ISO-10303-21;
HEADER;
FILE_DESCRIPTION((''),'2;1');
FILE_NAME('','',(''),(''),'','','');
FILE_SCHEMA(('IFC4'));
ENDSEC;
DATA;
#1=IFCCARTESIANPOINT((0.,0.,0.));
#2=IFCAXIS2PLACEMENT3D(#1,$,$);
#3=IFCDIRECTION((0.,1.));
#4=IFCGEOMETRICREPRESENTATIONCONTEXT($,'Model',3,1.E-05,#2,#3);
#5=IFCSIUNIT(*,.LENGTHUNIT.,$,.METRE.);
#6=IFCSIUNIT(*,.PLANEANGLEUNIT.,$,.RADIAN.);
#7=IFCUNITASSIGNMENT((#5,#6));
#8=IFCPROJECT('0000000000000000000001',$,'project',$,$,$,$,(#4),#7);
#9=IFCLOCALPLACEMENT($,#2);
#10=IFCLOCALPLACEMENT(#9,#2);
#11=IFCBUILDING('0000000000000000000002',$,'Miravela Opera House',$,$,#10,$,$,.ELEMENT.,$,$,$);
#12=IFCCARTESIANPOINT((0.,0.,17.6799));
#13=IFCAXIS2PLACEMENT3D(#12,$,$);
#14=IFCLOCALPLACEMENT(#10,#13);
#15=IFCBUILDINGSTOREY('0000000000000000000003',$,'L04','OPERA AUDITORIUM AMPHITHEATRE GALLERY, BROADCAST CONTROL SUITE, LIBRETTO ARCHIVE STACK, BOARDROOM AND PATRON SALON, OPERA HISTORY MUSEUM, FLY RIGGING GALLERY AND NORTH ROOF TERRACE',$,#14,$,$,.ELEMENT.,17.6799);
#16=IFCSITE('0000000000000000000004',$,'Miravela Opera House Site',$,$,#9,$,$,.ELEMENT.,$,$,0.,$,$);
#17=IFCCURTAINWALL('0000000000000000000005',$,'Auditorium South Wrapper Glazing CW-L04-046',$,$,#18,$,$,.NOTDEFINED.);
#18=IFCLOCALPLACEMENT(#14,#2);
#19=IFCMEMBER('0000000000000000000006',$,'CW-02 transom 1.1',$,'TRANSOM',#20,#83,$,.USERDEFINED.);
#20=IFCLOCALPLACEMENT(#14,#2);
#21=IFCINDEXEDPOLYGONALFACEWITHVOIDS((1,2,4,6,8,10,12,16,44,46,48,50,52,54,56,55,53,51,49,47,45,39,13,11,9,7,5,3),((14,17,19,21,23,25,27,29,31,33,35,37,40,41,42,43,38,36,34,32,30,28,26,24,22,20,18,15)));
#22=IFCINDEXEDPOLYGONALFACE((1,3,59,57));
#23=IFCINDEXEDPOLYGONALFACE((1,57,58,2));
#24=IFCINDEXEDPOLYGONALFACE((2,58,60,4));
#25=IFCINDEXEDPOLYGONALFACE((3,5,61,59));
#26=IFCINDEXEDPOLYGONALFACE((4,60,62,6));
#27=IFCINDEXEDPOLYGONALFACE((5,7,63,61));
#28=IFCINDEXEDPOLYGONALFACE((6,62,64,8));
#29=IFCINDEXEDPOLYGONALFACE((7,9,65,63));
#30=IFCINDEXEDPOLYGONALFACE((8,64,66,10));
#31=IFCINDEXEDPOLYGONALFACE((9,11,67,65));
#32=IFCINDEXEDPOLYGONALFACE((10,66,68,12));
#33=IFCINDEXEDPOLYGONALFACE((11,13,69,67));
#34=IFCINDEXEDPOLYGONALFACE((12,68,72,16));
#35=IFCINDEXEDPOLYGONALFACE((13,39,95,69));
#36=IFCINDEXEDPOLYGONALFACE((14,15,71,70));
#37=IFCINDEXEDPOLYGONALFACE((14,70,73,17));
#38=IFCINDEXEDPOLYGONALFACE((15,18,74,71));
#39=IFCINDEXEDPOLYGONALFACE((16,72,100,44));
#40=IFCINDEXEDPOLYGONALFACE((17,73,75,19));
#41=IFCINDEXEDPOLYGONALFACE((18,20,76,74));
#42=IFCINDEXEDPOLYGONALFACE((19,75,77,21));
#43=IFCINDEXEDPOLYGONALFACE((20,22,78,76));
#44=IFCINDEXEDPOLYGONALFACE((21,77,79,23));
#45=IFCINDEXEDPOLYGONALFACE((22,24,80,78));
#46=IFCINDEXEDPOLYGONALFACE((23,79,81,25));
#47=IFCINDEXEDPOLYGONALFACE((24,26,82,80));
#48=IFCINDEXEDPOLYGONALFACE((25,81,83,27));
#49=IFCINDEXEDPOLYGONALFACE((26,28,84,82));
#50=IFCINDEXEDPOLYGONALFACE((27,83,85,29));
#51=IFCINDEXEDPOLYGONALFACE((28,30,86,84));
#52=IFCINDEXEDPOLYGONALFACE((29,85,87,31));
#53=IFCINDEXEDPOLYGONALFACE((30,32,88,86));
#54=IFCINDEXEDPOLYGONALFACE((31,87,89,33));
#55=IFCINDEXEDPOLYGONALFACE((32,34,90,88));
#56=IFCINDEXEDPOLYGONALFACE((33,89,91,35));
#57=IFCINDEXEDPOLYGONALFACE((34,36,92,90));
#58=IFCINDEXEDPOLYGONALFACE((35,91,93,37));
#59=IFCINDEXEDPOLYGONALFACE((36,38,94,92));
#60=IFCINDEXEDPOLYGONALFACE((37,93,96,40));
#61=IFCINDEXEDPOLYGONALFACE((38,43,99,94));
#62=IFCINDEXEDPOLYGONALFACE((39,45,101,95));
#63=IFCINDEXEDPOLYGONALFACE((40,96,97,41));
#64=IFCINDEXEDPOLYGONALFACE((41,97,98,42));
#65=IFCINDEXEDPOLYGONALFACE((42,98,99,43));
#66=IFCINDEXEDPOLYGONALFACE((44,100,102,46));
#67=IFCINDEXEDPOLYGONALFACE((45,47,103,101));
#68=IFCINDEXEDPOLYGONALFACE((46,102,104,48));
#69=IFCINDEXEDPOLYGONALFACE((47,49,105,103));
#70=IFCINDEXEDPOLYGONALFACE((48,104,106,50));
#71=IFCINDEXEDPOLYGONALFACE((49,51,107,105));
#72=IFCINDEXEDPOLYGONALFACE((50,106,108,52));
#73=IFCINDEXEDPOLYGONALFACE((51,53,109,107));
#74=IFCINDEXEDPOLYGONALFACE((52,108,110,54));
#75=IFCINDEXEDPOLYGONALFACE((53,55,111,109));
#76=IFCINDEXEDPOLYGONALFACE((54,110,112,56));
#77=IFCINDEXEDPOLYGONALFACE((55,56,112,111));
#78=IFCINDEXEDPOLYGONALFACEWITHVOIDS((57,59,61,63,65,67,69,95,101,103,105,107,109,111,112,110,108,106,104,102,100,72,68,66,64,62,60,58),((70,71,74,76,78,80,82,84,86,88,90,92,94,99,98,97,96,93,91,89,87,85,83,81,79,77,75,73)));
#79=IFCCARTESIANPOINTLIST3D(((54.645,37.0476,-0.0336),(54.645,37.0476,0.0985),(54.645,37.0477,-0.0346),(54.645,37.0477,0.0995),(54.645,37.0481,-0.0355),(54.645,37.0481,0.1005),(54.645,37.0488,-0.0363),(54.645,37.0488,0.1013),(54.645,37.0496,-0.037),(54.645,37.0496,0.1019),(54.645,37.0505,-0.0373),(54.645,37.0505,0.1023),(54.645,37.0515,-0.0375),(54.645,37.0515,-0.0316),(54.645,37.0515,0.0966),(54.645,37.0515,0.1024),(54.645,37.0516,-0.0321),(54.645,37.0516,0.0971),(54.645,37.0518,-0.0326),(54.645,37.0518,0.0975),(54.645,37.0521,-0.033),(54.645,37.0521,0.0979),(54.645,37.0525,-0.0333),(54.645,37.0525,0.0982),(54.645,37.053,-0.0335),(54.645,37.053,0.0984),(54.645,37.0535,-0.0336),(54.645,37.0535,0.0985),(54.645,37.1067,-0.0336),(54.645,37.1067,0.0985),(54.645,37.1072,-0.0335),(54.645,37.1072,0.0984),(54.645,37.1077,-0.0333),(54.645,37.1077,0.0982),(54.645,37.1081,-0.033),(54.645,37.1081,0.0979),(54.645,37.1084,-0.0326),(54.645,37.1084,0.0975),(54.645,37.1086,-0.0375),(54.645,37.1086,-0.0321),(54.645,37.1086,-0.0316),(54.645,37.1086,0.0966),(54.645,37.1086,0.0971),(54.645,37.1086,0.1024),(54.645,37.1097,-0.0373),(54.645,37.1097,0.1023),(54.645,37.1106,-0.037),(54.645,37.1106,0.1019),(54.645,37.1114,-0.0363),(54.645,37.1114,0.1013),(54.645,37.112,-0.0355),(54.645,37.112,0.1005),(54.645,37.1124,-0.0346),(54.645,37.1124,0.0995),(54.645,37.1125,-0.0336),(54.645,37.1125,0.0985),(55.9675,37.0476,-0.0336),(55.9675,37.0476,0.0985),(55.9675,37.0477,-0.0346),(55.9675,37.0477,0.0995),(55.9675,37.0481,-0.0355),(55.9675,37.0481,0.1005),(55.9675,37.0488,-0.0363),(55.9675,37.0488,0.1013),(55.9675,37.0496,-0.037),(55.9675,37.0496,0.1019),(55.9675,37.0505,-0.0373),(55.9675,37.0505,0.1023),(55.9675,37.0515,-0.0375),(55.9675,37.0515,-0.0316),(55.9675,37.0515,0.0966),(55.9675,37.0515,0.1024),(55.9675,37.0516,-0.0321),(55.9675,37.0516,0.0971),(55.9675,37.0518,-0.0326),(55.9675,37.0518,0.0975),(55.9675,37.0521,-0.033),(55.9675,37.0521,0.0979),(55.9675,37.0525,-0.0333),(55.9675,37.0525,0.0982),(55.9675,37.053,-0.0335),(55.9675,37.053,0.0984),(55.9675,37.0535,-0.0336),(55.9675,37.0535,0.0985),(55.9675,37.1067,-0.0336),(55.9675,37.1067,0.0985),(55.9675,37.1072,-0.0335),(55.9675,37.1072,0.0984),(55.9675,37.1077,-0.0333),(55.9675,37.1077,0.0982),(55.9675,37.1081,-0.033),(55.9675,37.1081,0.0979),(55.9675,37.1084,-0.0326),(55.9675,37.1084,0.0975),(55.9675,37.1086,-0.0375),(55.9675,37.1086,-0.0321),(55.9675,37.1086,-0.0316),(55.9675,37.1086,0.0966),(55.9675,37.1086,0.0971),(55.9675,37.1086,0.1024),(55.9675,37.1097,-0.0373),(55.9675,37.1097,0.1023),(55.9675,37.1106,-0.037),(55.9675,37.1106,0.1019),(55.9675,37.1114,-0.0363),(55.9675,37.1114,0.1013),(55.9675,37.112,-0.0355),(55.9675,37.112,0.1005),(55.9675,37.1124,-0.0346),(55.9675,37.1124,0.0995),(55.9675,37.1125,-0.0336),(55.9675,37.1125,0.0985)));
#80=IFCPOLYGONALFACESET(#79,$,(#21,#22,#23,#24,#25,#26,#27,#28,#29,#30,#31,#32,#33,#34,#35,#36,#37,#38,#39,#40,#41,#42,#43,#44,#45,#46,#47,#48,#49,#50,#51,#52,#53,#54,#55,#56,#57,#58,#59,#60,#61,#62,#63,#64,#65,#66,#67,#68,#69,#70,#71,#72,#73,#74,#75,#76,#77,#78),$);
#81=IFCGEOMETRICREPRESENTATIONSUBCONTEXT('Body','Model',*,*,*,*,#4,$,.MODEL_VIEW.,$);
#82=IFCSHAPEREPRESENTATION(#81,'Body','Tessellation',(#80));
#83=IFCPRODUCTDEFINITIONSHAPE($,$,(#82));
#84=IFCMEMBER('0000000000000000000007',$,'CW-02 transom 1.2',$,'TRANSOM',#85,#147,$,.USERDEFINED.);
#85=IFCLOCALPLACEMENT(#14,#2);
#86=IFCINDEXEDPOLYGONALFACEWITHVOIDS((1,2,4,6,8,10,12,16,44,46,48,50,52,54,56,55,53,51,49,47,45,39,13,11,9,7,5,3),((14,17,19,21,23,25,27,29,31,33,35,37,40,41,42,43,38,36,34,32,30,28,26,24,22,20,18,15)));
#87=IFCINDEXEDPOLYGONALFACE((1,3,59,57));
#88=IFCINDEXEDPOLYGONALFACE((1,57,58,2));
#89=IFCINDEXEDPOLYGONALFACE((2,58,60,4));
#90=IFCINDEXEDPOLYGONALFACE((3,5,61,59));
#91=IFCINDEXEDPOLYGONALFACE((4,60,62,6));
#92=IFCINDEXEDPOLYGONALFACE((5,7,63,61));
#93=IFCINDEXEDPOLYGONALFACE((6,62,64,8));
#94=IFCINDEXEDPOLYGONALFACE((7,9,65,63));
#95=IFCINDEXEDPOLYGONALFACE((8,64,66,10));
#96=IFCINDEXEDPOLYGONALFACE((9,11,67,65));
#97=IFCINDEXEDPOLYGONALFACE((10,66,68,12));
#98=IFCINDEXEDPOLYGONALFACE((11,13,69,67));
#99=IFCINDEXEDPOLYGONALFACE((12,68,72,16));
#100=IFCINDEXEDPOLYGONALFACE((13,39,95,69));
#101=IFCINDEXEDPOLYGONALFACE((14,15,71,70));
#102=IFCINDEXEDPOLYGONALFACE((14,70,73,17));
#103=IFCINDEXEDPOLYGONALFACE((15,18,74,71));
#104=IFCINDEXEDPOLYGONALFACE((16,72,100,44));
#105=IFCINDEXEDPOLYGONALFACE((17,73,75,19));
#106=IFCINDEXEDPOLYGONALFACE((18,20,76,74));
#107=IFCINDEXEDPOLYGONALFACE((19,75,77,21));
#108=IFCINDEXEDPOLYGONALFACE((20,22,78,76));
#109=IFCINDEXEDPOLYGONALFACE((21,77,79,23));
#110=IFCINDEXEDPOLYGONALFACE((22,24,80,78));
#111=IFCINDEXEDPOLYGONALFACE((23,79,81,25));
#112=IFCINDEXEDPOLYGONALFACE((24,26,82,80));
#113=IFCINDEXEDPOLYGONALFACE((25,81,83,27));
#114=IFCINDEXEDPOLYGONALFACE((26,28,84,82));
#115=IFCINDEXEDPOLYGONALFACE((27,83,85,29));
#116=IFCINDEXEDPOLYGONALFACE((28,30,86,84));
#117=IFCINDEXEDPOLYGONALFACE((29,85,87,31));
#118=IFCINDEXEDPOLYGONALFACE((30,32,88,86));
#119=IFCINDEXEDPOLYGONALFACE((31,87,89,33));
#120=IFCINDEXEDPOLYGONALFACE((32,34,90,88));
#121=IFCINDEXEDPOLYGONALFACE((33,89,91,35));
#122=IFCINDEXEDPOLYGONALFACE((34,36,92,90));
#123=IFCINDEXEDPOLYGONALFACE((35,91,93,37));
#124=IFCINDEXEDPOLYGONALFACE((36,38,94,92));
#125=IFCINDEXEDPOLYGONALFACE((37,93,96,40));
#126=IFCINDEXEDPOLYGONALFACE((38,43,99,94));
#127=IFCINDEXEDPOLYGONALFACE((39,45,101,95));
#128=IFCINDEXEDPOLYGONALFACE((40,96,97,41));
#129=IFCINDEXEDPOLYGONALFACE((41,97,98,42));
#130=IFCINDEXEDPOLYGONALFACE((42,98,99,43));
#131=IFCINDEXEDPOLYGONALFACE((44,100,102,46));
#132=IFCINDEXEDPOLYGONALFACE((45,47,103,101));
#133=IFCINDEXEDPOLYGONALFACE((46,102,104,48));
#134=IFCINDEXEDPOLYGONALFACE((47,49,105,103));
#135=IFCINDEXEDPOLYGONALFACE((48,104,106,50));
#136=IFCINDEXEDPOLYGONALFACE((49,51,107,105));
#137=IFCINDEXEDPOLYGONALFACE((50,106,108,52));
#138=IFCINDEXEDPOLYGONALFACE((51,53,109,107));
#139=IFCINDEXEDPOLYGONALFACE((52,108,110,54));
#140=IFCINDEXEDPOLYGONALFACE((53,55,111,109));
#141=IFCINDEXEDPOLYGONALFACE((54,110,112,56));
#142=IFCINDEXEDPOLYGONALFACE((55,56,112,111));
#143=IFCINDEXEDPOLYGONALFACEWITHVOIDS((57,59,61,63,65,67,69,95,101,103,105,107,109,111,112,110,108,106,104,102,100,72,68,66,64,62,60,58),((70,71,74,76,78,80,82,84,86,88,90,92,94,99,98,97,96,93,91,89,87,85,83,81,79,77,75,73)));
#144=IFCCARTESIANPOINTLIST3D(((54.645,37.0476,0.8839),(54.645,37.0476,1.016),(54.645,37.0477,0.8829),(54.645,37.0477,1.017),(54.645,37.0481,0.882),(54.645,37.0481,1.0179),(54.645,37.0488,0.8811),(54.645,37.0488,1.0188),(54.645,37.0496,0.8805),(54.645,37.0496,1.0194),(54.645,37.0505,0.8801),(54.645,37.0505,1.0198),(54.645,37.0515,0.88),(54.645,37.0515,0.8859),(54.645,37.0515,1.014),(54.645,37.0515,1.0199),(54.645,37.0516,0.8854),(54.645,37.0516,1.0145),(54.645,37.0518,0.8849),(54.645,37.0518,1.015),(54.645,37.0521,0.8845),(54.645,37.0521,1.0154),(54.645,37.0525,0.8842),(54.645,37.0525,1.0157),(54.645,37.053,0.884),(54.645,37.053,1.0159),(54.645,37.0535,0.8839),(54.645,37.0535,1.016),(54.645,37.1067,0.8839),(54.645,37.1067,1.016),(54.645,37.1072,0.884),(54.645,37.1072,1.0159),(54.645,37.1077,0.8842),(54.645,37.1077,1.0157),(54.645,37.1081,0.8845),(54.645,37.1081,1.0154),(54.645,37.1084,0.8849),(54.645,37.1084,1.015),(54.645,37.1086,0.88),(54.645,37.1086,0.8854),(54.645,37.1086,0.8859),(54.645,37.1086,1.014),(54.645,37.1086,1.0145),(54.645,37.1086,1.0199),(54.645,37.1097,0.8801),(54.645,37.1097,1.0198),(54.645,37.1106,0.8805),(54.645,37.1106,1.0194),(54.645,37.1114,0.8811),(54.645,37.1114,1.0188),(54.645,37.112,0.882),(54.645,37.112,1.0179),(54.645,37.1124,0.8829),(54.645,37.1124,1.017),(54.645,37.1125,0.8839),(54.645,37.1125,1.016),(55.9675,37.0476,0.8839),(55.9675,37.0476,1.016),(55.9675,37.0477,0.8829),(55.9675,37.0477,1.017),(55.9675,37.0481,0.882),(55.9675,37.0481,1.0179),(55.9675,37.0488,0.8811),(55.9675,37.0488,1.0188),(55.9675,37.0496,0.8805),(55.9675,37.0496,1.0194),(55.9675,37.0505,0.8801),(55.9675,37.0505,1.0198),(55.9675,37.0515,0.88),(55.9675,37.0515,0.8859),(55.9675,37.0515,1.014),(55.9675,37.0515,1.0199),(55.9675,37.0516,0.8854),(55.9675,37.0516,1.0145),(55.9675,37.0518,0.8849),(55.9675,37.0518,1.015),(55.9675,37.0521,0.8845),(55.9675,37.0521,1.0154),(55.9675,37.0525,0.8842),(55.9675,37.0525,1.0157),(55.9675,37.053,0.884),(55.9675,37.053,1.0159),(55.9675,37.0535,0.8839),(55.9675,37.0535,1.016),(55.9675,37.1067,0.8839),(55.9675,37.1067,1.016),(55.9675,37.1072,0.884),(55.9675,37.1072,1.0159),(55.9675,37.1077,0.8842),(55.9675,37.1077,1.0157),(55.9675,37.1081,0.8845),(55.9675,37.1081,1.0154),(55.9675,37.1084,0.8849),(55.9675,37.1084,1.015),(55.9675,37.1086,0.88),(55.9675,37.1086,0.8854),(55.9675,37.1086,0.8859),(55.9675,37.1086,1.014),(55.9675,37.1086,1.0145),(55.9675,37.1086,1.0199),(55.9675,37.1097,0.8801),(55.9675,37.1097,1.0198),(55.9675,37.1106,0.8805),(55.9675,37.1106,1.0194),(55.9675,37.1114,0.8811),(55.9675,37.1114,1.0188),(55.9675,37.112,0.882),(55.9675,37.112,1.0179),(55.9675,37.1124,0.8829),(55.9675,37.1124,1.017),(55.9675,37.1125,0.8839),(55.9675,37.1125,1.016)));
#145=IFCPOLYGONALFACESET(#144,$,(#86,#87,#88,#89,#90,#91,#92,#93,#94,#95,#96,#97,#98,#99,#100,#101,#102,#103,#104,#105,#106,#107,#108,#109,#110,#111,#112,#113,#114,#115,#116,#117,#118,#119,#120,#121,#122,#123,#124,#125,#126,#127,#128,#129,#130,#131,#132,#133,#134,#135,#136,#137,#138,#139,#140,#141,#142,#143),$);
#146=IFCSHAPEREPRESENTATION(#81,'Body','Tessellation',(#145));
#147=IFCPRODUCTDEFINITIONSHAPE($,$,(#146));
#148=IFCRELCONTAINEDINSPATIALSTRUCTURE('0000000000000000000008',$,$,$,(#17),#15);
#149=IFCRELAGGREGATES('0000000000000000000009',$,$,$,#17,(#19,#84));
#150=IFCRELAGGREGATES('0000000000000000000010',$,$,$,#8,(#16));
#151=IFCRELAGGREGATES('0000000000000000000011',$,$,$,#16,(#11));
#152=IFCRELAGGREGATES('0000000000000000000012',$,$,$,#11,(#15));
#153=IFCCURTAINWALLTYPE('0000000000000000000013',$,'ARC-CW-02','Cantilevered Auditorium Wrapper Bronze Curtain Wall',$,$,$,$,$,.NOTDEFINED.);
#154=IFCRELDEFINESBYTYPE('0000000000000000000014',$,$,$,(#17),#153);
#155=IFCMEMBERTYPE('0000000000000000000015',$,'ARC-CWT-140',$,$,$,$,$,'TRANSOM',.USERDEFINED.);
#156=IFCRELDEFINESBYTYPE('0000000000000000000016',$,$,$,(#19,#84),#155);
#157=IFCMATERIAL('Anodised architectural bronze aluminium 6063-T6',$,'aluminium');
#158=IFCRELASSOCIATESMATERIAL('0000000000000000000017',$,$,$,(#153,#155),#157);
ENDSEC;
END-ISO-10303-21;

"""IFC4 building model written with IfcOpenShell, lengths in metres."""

from ifc_helpers import new_model, si_unit, direction, frame, origin, origin_2d, place, context, subcontext, project, spatial, hollow_rectangle, extrude, material, material_profile, profile_set, type_object, element, aggregate, save


model = new_model("IFC4")

# Units and contexts
model_context = context("Model", 3, precision=1e-05, world=origin(), true_north=direction((0.0, 1.0)))
body_context = subcontext(model_context, "Body", "Model", "MODEL_VIEW")
ifc_project = project(units=[si_unit("LENGTHUNIT", "METRE"), si_unit("PLANEANGLEUNIT", "RADIAN")], contexts=[model_context])

# Site, building, storey
site_placement = place(None, origin())
site = spatial("IfcSite", under=ifc_project, at=site_placement, Name="Miravela Opera House Site", CompositionType="ELEMENT", RefElevation=0.0)
building_placement = place(site_placement, origin())
building = spatial("IfcBuilding", under=site, at=building_placement, Name="Miravela Opera House", CompositionType="ELEMENT")
storey_placement = place(building_placement, frame((0.0, 0.0, 17.6799)))
storey = spatial("IfcBuildingStorey", under=building, at=storey_placement, Name="L04", Description="OPERA AUDITORIUM AMPHITHEATRE GALLERY, BROADCAST CONTROL SUITE, LIBRETTO ARCHIVE STACK, BOARDROOM AND PATRON SALON, OPERA HISTORY MUSEUM, FLY RIGGING GALLERY AND NORTH ROOF TERRACE", CompositionType="ELEMENT", Elevation=17.6799)

# Shared definitions
ifc_material_1 = material(Name="Anodised architectural bronze aluminium 6063-T6", Category="aluminium")
curtain_wall_type = type_object("IfcCurtainWallType", Name="ARC-CW-02", Description="Cantilevered Auditorium Wrapper Bronze Curtain Wall", PredefinedType="NOTDEFINED", material=ifc_material_1)

# Curtain wall, members
curtain_wall_1_placement = place(storey_placement, origin())
curtain_wall_1 = element("IfcCurtainWall", 1, at=curtain_wall_1_placement, inside=storey, type_object=curtain_wall_type, Name="Auditorium South Wrapper Glazing CW-L04-046", PredefinedType="NOTDEFINED")
ifc_material_profile_1 = material_profile(ifc_material_1, hollow_rectangle(XDim=0.0649, YDim=0.1399, WallThickness=0.0039, InnerFilletRadius=0.002, OuterFilletRadius=0.0039, at=origin_2d()), Name="CWT-65X140")
ifc_profile_set_1 = profile_set([ifc_material_profile_1])
member_type_1 = type_object("IfcMemberType", Name="ARC-CWT-140", ElementType="TRANSOM", PredefinedType="USERDEFINED", material=ifc_profile_set_1)
member_1_placement = place(storey_placement, frame((54.645, 37.0801, 0.0325), z_axis=(1.0, 0.0, 0.0), x_axis=(0.0, 1.0, 0.0)))
member_1 = element("IfcMember", 2, at=member_1_placement, type_object=member_type_1, Name="CW-02 transom 1.1", ObjectType="TRANSOM", PredefinedType="USERDEFINED", context=body_context, shape_type="SweptSolid", body=[
    extrude(hollow_rectangle(XDim=0.0649, YDim=0.1399, WallThickness=0.0039, InnerFilletRadius=0.002, OuterFilletRadius=0.0039, at=origin_2d()), origin(), (0.0, 0.0, 1.0), 1.3225),
])
member_2_placement = place(storey_placement, frame((54.645, 37.0801, 0.95), z_axis=(1.0, 0.0, 0.0), x_axis=(0.0, 1.0, 0.0)))
member_2 = element("IfcMember", 3, at=member_2_placement, type_object=member_type_1, Name="CW-02 transom 1.2", ObjectType="TRANSOM", PredefinedType="USERDEFINED", context=body_context, shape_type="SweptSolid", body=[
    extrude(hollow_rectangle(XDim=0.0649, YDim=0.1399, WallThickness=0.0039, InnerFilletRadius=0.002, OuterFilletRadius=0.0039, at=origin_2d()), origin(), (0.0, 0.0, 1.0), 1.3225),
])

aggregate(curtain_wall_1, [member_1, member_2])

save(model, "model.ifc")
